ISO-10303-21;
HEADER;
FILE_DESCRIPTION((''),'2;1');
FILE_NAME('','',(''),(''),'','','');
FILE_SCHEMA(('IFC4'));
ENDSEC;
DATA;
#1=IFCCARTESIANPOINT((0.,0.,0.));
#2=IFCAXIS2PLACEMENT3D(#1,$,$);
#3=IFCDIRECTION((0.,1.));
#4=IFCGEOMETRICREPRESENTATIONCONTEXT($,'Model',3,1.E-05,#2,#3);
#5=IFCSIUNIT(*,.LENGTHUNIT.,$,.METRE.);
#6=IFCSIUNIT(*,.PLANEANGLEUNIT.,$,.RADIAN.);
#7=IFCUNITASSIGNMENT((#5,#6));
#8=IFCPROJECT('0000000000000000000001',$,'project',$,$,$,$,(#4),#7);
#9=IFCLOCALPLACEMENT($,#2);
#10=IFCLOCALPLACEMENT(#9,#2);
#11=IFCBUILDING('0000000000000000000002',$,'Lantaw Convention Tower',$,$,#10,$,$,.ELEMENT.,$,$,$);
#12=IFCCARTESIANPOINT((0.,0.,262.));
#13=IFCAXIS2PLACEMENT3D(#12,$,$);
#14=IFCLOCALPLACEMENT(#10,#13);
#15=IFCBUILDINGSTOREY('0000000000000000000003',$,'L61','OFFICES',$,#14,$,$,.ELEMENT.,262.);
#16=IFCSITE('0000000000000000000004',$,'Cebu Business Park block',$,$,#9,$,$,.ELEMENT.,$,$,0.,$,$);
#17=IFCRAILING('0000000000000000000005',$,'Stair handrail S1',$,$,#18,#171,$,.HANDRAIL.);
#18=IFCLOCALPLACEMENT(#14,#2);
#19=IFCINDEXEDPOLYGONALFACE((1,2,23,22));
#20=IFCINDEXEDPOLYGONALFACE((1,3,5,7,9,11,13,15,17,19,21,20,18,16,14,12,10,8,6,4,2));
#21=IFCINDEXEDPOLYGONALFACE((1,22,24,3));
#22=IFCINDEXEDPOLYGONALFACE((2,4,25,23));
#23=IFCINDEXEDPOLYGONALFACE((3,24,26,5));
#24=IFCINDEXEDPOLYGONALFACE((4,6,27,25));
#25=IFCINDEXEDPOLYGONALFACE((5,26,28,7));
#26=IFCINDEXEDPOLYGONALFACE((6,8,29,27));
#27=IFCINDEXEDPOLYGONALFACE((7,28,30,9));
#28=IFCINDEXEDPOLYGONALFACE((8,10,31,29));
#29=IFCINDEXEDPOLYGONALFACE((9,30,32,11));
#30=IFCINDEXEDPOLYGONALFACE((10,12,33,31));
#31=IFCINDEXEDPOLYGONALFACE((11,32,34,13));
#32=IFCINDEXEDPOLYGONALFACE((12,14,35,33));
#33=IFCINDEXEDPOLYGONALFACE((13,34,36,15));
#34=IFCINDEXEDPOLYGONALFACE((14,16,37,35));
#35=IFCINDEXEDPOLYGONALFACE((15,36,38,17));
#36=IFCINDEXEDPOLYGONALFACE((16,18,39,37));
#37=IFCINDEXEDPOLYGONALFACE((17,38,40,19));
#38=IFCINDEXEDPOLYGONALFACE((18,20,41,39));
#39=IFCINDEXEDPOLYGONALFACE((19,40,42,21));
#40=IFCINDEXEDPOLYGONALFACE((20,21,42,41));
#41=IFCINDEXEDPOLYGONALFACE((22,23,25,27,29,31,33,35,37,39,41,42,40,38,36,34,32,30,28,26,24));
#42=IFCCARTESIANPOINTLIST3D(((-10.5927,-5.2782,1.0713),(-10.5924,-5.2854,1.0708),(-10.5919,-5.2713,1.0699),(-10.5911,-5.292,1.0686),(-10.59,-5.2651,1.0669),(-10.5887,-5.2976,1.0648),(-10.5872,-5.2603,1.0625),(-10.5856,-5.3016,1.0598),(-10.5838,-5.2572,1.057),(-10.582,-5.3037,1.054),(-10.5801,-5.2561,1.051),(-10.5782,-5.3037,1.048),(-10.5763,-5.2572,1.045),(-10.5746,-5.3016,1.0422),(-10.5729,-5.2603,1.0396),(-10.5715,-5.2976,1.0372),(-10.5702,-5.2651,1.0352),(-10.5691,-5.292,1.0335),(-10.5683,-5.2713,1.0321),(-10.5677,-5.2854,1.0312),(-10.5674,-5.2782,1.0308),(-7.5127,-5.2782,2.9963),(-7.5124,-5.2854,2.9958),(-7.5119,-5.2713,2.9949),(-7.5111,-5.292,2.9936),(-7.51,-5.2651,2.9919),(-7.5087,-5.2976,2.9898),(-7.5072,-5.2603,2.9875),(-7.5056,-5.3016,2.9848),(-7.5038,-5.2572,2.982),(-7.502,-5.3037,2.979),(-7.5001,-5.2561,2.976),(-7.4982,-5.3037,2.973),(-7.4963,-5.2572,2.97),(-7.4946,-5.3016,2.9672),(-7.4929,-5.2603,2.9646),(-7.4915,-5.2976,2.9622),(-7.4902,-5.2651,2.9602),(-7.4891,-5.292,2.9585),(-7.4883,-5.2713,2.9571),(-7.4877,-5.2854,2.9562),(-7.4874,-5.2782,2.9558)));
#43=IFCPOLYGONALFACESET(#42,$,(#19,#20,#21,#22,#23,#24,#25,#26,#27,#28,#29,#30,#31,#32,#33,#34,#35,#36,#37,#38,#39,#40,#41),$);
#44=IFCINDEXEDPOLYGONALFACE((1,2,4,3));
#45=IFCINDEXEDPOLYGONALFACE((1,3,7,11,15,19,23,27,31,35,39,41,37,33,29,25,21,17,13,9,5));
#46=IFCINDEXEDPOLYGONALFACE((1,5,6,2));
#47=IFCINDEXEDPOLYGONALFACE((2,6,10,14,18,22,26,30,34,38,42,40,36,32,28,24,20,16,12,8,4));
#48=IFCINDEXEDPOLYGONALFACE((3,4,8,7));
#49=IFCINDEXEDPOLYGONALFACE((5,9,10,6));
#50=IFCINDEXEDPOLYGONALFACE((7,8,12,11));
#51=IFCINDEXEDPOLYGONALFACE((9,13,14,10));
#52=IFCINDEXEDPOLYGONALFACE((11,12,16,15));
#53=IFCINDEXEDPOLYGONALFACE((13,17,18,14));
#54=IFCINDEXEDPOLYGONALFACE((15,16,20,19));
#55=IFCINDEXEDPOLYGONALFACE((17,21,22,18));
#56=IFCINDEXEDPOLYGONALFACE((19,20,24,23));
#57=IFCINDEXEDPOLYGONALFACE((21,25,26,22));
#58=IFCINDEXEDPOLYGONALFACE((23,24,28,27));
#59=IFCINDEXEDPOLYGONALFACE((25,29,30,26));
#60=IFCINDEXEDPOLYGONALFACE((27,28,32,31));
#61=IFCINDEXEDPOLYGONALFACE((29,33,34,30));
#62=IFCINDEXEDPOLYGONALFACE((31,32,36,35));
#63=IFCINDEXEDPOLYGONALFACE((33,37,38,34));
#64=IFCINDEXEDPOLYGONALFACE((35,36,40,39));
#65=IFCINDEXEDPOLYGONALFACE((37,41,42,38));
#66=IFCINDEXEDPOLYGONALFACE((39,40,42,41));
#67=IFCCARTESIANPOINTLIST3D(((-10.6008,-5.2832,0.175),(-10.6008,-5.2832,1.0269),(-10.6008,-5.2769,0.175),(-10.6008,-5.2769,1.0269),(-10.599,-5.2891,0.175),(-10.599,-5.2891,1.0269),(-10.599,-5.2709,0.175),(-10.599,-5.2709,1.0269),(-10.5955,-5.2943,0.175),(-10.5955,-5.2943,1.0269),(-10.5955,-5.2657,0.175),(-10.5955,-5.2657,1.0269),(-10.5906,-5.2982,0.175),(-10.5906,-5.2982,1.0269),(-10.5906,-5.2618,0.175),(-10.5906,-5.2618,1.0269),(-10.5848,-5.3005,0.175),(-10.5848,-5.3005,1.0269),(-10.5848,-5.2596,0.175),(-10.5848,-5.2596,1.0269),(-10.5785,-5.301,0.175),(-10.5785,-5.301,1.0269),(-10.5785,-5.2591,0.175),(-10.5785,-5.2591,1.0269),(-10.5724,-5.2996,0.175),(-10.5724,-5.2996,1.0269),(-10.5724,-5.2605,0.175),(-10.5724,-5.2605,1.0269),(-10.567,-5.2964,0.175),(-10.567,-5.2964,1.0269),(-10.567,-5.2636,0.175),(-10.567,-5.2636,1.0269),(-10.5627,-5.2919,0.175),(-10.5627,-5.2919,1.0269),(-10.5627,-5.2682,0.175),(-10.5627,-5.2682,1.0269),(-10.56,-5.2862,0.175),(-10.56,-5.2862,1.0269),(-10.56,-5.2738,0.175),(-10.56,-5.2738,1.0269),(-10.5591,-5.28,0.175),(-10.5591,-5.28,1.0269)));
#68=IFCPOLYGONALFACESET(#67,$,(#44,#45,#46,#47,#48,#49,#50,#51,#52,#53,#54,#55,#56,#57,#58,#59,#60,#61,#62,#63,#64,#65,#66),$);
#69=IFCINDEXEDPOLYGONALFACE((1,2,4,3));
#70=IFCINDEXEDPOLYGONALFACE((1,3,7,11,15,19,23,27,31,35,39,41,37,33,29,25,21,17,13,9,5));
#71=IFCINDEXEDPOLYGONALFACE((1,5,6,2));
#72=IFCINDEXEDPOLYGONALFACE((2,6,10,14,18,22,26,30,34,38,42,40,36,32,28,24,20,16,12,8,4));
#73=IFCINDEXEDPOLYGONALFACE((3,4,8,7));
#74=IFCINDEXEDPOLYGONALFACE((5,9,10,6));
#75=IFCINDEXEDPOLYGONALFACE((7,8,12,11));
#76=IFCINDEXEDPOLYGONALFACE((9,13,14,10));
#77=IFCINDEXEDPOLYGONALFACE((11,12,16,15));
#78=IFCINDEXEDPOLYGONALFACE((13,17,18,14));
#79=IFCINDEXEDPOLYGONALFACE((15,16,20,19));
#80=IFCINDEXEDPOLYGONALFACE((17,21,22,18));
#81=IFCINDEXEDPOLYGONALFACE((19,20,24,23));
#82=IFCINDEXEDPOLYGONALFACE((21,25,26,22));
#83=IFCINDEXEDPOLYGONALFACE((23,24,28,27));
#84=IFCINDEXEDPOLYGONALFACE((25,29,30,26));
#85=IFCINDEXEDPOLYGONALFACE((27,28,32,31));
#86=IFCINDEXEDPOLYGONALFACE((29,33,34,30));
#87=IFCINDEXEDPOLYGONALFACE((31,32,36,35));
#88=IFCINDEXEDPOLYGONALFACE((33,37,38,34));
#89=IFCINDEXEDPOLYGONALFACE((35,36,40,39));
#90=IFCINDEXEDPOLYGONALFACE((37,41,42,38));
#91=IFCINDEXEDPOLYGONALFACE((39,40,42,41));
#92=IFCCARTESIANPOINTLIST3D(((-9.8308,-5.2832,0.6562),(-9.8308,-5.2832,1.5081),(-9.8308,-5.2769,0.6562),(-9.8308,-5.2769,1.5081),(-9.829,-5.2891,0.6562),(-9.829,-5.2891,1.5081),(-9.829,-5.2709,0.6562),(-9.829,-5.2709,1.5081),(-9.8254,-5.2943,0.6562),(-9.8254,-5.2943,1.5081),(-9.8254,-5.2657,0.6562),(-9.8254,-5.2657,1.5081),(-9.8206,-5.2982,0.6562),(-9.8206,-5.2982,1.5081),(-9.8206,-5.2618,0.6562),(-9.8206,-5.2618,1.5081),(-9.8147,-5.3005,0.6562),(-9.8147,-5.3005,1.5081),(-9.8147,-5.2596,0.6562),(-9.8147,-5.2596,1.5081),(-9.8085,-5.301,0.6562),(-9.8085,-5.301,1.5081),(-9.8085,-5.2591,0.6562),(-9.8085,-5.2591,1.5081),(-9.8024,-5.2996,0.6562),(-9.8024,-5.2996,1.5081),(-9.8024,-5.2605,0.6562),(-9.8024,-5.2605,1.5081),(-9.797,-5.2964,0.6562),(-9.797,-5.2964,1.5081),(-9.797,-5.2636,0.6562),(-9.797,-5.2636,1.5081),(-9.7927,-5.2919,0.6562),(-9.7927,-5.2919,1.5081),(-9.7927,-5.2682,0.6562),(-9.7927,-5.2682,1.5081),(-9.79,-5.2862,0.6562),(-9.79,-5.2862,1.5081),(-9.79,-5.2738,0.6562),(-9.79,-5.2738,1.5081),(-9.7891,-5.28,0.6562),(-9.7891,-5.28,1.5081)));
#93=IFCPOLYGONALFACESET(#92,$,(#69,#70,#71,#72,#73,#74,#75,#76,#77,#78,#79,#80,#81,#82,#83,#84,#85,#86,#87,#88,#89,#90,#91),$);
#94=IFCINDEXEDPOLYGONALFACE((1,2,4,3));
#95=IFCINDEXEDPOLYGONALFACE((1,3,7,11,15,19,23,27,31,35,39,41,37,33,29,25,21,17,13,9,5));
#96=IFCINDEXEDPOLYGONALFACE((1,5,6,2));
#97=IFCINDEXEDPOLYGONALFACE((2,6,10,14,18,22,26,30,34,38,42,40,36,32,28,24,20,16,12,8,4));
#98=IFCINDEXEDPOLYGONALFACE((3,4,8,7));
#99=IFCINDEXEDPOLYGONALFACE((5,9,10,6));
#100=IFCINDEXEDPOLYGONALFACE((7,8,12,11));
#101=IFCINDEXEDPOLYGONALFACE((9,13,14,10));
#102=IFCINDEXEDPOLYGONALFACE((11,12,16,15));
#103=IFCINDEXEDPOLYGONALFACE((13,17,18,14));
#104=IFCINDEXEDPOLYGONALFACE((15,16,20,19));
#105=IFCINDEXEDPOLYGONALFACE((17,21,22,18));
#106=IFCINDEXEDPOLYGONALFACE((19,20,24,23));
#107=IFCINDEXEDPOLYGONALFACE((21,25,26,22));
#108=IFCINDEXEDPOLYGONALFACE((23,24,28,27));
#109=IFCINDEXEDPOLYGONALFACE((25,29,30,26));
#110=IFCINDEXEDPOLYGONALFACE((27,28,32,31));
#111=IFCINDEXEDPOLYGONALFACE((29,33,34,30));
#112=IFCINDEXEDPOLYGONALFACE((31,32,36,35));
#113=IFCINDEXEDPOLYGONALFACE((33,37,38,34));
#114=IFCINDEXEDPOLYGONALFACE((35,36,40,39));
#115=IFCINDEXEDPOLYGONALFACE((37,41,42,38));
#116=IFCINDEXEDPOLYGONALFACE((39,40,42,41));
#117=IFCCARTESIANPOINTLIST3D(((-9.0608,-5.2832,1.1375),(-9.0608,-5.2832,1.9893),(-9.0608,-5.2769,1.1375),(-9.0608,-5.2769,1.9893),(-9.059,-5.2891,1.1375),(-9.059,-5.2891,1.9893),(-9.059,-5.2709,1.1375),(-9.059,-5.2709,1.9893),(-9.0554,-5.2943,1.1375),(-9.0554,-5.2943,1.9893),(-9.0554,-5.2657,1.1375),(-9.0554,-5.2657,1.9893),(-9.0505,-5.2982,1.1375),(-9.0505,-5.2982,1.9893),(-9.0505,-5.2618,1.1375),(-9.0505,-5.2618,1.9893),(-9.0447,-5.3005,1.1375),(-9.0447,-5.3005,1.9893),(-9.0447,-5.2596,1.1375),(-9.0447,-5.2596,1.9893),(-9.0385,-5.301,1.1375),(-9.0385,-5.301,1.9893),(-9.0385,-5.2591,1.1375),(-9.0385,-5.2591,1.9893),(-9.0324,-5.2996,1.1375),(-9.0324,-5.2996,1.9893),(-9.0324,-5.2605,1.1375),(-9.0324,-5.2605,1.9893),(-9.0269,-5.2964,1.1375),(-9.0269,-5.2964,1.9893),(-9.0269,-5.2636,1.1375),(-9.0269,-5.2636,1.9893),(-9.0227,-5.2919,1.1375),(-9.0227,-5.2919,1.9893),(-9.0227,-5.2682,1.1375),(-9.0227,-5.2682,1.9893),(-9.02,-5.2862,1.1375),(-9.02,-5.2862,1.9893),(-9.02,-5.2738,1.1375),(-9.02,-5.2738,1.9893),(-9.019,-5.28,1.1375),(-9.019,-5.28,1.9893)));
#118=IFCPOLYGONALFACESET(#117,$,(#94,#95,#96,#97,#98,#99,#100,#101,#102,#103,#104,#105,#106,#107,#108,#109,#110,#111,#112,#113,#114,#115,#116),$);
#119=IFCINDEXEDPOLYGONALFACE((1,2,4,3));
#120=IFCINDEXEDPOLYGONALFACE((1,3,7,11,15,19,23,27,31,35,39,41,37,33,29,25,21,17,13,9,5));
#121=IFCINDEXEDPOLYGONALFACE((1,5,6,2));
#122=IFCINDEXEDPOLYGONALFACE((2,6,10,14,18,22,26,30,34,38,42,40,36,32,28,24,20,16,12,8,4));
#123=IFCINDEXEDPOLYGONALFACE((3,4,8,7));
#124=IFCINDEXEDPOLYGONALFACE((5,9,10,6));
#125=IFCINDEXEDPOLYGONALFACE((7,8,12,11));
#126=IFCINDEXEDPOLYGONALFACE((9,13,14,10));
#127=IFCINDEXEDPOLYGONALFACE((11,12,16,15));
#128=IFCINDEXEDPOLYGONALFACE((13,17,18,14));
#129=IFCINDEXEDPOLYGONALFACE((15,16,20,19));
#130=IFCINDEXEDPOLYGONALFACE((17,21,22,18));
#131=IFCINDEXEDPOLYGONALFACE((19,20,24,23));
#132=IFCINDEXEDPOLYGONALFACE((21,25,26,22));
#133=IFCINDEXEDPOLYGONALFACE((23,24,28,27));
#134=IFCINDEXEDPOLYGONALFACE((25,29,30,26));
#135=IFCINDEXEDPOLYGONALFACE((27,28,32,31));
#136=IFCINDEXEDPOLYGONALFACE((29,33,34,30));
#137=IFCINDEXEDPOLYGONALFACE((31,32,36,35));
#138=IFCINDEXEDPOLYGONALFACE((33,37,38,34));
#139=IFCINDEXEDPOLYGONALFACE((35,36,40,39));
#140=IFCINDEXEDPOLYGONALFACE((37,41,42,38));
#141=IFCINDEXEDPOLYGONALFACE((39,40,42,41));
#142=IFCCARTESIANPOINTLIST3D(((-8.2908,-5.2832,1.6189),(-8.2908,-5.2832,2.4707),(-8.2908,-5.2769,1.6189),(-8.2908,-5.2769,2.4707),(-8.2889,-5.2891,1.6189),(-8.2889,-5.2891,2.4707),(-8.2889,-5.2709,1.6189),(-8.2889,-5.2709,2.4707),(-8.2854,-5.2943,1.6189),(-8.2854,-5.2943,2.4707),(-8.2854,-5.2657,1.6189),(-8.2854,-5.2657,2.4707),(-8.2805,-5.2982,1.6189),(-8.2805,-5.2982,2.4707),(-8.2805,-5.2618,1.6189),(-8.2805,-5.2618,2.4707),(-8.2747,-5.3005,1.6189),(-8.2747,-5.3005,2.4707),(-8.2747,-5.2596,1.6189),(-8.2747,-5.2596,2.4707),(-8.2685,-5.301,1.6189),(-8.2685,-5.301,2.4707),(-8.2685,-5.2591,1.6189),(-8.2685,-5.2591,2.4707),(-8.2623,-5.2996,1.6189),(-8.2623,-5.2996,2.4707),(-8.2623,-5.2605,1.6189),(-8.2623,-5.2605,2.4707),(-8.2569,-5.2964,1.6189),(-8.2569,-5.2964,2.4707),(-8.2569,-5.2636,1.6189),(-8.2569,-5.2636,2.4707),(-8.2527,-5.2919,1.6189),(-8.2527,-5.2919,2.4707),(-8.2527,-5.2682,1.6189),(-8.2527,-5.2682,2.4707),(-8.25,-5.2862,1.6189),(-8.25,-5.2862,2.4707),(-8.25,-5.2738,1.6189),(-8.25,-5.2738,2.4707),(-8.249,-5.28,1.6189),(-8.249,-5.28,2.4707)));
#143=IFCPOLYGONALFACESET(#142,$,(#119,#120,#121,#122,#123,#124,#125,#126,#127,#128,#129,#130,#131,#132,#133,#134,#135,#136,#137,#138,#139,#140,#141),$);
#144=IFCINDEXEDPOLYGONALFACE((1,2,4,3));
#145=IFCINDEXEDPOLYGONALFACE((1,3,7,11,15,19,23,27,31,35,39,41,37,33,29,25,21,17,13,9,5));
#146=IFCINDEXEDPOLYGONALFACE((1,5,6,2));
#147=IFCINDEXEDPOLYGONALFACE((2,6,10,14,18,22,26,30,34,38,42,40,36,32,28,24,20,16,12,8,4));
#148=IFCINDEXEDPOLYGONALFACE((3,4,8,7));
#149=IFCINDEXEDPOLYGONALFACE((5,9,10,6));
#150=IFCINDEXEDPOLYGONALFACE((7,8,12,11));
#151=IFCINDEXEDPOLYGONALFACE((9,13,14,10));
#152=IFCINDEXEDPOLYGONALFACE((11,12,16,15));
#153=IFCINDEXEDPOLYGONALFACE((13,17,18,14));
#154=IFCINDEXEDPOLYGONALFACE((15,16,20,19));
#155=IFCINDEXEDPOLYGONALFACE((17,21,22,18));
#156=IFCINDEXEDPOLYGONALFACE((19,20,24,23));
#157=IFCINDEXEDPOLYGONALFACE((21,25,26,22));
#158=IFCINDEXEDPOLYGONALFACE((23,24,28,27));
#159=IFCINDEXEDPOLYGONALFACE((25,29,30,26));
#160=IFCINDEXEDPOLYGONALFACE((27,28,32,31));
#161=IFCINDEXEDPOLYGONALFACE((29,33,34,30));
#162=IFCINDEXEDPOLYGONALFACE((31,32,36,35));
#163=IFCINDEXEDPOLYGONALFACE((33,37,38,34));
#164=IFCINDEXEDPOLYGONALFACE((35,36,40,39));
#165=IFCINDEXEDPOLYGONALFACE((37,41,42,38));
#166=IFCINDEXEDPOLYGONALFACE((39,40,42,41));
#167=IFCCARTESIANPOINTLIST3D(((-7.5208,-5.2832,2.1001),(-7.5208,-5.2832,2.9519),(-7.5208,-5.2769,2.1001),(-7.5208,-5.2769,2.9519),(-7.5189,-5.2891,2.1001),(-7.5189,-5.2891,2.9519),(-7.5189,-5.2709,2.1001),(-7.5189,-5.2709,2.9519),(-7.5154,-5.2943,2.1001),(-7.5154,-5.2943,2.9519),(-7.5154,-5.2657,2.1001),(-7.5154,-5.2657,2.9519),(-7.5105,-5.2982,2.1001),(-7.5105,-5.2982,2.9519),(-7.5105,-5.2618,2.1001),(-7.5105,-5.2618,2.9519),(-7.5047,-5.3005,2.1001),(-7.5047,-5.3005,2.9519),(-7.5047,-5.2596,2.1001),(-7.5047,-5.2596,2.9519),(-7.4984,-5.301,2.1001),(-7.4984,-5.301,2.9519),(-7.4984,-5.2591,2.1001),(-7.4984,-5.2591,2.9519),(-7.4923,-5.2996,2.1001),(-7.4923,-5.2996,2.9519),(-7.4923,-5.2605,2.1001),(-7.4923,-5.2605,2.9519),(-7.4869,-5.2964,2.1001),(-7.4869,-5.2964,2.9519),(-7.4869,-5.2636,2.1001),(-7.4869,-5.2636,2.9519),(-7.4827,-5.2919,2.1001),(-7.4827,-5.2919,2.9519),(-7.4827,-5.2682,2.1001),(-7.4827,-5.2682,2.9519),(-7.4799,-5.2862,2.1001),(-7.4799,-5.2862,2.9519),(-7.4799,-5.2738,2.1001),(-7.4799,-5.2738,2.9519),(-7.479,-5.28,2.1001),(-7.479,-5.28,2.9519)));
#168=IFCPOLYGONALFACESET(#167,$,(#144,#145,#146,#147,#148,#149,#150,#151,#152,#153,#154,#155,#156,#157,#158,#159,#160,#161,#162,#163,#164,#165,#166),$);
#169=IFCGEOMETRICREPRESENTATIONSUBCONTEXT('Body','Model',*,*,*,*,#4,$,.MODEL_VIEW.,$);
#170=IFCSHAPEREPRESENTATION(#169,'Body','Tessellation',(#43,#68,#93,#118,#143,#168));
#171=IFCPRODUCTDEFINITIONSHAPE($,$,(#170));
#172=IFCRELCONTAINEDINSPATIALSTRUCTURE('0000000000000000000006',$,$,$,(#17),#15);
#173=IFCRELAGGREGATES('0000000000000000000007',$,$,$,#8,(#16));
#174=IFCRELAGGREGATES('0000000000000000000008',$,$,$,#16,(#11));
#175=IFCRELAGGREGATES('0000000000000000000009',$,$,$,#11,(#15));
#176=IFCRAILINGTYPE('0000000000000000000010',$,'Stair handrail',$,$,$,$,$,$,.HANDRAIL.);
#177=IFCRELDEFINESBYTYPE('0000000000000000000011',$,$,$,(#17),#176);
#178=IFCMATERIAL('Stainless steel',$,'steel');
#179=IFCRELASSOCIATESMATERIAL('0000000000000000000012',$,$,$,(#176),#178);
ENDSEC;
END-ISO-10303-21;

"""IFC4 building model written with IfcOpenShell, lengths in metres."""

from ifc_helpers import new_model, si_unit, direction, frame, origin, origin_2d, place, context, subcontext, project, spatial, circle, extrude, material, type_object, element, save


model = new_model("IFC4")

# Units and contexts
model_context = context("Model", 3, precision=1e-05, world=origin(), true_north=direction((0.0, 1.0)))
body_context = subcontext(model_context, "Body", "Model", "MODEL_VIEW")
ifc_project = project(units=[si_unit("LENGTHUNIT", "METRE"), si_unit("PLANEANGLEUNIT", "RADIAN")], contexts=[model_context])

# Site, building, storey
site_placement = place(None, origin())
site = spatial("IfcSite", under=ifc_project, at=site_placement, Name="Cebu Business Park block", CompositionType="ELEMENT", RefElevation=0.0)
building_placement = place(site_placement, origin())
building = spatial("IfcBuilding", under=site, at=building_placement, Name="Lantaw Convention Tower", CompositionType="ELEMENT")
storey_placement = place(building_placement, frame((0.0, 0.0, 262.0)))
storey = spatial("IfcBuildingStorey", under=building, at=storey_placement, Name="L61", Description="OFFICES", CompositionType="ELEMENT", Elevation=262.0)

# Shared definitions
ifc_material_1 = material(Name="Stainless steel", Category="steel")

# Railing
railing_type = type_object("IfcRailingType", Name="Stair handrail", PredefinedType="HANDRAIL", material=ifc_material_1)
railing_1_placement = place(storey_placement, frame((-10.5801, -5.28, 0.175)))
element("IfcRailing", 1, at=railing_1_placement, inside=storey, type_object=railing_type, Name="Stair handrail S1", PredefinedType="HANDRAIL", context=body_context, shape_type="SweptSolid", body=[
    extrude(circle(Radius=0.0239, at=origin_2d()), frame((0.0, 0.0, 0.876), z_axis=(0.847998, 0.0, 0.529999), x_axis=(0.0, 1.0, 0.0)), (0.0, 0.0, 1.0), 3.6321),
    extrude(circle(Radius=0.021, at=origin_2d()), origin(), (0.0, 0.0, 1.0), 0.8518),
    extrude(circle(Radius=0.021, at=origin_2d()), frame((0.77, 0.0, 0.4812)), (0.0, 0.0, 1.0), 0.8518),
    extrude(circle(Radius=0.021, at=origin_2d()), frame((1.54, 0.0, 0.9624)), (0.0, 0.0, 1.0), 0.8518),
    extrude(circle(Radius=0.021, at=origin_2d()), frame((2.3101, 0.0, 1.4438)), (0.0, 0.0, 1.0), 0.8518),
    extrude(circle(Radius=0.021, at=origin_2d()), frame((3.0801, 0.0, 1.925)), (0.0, 0.0, 1.0), 0.8518),
])

save(model, "model.ifc")
